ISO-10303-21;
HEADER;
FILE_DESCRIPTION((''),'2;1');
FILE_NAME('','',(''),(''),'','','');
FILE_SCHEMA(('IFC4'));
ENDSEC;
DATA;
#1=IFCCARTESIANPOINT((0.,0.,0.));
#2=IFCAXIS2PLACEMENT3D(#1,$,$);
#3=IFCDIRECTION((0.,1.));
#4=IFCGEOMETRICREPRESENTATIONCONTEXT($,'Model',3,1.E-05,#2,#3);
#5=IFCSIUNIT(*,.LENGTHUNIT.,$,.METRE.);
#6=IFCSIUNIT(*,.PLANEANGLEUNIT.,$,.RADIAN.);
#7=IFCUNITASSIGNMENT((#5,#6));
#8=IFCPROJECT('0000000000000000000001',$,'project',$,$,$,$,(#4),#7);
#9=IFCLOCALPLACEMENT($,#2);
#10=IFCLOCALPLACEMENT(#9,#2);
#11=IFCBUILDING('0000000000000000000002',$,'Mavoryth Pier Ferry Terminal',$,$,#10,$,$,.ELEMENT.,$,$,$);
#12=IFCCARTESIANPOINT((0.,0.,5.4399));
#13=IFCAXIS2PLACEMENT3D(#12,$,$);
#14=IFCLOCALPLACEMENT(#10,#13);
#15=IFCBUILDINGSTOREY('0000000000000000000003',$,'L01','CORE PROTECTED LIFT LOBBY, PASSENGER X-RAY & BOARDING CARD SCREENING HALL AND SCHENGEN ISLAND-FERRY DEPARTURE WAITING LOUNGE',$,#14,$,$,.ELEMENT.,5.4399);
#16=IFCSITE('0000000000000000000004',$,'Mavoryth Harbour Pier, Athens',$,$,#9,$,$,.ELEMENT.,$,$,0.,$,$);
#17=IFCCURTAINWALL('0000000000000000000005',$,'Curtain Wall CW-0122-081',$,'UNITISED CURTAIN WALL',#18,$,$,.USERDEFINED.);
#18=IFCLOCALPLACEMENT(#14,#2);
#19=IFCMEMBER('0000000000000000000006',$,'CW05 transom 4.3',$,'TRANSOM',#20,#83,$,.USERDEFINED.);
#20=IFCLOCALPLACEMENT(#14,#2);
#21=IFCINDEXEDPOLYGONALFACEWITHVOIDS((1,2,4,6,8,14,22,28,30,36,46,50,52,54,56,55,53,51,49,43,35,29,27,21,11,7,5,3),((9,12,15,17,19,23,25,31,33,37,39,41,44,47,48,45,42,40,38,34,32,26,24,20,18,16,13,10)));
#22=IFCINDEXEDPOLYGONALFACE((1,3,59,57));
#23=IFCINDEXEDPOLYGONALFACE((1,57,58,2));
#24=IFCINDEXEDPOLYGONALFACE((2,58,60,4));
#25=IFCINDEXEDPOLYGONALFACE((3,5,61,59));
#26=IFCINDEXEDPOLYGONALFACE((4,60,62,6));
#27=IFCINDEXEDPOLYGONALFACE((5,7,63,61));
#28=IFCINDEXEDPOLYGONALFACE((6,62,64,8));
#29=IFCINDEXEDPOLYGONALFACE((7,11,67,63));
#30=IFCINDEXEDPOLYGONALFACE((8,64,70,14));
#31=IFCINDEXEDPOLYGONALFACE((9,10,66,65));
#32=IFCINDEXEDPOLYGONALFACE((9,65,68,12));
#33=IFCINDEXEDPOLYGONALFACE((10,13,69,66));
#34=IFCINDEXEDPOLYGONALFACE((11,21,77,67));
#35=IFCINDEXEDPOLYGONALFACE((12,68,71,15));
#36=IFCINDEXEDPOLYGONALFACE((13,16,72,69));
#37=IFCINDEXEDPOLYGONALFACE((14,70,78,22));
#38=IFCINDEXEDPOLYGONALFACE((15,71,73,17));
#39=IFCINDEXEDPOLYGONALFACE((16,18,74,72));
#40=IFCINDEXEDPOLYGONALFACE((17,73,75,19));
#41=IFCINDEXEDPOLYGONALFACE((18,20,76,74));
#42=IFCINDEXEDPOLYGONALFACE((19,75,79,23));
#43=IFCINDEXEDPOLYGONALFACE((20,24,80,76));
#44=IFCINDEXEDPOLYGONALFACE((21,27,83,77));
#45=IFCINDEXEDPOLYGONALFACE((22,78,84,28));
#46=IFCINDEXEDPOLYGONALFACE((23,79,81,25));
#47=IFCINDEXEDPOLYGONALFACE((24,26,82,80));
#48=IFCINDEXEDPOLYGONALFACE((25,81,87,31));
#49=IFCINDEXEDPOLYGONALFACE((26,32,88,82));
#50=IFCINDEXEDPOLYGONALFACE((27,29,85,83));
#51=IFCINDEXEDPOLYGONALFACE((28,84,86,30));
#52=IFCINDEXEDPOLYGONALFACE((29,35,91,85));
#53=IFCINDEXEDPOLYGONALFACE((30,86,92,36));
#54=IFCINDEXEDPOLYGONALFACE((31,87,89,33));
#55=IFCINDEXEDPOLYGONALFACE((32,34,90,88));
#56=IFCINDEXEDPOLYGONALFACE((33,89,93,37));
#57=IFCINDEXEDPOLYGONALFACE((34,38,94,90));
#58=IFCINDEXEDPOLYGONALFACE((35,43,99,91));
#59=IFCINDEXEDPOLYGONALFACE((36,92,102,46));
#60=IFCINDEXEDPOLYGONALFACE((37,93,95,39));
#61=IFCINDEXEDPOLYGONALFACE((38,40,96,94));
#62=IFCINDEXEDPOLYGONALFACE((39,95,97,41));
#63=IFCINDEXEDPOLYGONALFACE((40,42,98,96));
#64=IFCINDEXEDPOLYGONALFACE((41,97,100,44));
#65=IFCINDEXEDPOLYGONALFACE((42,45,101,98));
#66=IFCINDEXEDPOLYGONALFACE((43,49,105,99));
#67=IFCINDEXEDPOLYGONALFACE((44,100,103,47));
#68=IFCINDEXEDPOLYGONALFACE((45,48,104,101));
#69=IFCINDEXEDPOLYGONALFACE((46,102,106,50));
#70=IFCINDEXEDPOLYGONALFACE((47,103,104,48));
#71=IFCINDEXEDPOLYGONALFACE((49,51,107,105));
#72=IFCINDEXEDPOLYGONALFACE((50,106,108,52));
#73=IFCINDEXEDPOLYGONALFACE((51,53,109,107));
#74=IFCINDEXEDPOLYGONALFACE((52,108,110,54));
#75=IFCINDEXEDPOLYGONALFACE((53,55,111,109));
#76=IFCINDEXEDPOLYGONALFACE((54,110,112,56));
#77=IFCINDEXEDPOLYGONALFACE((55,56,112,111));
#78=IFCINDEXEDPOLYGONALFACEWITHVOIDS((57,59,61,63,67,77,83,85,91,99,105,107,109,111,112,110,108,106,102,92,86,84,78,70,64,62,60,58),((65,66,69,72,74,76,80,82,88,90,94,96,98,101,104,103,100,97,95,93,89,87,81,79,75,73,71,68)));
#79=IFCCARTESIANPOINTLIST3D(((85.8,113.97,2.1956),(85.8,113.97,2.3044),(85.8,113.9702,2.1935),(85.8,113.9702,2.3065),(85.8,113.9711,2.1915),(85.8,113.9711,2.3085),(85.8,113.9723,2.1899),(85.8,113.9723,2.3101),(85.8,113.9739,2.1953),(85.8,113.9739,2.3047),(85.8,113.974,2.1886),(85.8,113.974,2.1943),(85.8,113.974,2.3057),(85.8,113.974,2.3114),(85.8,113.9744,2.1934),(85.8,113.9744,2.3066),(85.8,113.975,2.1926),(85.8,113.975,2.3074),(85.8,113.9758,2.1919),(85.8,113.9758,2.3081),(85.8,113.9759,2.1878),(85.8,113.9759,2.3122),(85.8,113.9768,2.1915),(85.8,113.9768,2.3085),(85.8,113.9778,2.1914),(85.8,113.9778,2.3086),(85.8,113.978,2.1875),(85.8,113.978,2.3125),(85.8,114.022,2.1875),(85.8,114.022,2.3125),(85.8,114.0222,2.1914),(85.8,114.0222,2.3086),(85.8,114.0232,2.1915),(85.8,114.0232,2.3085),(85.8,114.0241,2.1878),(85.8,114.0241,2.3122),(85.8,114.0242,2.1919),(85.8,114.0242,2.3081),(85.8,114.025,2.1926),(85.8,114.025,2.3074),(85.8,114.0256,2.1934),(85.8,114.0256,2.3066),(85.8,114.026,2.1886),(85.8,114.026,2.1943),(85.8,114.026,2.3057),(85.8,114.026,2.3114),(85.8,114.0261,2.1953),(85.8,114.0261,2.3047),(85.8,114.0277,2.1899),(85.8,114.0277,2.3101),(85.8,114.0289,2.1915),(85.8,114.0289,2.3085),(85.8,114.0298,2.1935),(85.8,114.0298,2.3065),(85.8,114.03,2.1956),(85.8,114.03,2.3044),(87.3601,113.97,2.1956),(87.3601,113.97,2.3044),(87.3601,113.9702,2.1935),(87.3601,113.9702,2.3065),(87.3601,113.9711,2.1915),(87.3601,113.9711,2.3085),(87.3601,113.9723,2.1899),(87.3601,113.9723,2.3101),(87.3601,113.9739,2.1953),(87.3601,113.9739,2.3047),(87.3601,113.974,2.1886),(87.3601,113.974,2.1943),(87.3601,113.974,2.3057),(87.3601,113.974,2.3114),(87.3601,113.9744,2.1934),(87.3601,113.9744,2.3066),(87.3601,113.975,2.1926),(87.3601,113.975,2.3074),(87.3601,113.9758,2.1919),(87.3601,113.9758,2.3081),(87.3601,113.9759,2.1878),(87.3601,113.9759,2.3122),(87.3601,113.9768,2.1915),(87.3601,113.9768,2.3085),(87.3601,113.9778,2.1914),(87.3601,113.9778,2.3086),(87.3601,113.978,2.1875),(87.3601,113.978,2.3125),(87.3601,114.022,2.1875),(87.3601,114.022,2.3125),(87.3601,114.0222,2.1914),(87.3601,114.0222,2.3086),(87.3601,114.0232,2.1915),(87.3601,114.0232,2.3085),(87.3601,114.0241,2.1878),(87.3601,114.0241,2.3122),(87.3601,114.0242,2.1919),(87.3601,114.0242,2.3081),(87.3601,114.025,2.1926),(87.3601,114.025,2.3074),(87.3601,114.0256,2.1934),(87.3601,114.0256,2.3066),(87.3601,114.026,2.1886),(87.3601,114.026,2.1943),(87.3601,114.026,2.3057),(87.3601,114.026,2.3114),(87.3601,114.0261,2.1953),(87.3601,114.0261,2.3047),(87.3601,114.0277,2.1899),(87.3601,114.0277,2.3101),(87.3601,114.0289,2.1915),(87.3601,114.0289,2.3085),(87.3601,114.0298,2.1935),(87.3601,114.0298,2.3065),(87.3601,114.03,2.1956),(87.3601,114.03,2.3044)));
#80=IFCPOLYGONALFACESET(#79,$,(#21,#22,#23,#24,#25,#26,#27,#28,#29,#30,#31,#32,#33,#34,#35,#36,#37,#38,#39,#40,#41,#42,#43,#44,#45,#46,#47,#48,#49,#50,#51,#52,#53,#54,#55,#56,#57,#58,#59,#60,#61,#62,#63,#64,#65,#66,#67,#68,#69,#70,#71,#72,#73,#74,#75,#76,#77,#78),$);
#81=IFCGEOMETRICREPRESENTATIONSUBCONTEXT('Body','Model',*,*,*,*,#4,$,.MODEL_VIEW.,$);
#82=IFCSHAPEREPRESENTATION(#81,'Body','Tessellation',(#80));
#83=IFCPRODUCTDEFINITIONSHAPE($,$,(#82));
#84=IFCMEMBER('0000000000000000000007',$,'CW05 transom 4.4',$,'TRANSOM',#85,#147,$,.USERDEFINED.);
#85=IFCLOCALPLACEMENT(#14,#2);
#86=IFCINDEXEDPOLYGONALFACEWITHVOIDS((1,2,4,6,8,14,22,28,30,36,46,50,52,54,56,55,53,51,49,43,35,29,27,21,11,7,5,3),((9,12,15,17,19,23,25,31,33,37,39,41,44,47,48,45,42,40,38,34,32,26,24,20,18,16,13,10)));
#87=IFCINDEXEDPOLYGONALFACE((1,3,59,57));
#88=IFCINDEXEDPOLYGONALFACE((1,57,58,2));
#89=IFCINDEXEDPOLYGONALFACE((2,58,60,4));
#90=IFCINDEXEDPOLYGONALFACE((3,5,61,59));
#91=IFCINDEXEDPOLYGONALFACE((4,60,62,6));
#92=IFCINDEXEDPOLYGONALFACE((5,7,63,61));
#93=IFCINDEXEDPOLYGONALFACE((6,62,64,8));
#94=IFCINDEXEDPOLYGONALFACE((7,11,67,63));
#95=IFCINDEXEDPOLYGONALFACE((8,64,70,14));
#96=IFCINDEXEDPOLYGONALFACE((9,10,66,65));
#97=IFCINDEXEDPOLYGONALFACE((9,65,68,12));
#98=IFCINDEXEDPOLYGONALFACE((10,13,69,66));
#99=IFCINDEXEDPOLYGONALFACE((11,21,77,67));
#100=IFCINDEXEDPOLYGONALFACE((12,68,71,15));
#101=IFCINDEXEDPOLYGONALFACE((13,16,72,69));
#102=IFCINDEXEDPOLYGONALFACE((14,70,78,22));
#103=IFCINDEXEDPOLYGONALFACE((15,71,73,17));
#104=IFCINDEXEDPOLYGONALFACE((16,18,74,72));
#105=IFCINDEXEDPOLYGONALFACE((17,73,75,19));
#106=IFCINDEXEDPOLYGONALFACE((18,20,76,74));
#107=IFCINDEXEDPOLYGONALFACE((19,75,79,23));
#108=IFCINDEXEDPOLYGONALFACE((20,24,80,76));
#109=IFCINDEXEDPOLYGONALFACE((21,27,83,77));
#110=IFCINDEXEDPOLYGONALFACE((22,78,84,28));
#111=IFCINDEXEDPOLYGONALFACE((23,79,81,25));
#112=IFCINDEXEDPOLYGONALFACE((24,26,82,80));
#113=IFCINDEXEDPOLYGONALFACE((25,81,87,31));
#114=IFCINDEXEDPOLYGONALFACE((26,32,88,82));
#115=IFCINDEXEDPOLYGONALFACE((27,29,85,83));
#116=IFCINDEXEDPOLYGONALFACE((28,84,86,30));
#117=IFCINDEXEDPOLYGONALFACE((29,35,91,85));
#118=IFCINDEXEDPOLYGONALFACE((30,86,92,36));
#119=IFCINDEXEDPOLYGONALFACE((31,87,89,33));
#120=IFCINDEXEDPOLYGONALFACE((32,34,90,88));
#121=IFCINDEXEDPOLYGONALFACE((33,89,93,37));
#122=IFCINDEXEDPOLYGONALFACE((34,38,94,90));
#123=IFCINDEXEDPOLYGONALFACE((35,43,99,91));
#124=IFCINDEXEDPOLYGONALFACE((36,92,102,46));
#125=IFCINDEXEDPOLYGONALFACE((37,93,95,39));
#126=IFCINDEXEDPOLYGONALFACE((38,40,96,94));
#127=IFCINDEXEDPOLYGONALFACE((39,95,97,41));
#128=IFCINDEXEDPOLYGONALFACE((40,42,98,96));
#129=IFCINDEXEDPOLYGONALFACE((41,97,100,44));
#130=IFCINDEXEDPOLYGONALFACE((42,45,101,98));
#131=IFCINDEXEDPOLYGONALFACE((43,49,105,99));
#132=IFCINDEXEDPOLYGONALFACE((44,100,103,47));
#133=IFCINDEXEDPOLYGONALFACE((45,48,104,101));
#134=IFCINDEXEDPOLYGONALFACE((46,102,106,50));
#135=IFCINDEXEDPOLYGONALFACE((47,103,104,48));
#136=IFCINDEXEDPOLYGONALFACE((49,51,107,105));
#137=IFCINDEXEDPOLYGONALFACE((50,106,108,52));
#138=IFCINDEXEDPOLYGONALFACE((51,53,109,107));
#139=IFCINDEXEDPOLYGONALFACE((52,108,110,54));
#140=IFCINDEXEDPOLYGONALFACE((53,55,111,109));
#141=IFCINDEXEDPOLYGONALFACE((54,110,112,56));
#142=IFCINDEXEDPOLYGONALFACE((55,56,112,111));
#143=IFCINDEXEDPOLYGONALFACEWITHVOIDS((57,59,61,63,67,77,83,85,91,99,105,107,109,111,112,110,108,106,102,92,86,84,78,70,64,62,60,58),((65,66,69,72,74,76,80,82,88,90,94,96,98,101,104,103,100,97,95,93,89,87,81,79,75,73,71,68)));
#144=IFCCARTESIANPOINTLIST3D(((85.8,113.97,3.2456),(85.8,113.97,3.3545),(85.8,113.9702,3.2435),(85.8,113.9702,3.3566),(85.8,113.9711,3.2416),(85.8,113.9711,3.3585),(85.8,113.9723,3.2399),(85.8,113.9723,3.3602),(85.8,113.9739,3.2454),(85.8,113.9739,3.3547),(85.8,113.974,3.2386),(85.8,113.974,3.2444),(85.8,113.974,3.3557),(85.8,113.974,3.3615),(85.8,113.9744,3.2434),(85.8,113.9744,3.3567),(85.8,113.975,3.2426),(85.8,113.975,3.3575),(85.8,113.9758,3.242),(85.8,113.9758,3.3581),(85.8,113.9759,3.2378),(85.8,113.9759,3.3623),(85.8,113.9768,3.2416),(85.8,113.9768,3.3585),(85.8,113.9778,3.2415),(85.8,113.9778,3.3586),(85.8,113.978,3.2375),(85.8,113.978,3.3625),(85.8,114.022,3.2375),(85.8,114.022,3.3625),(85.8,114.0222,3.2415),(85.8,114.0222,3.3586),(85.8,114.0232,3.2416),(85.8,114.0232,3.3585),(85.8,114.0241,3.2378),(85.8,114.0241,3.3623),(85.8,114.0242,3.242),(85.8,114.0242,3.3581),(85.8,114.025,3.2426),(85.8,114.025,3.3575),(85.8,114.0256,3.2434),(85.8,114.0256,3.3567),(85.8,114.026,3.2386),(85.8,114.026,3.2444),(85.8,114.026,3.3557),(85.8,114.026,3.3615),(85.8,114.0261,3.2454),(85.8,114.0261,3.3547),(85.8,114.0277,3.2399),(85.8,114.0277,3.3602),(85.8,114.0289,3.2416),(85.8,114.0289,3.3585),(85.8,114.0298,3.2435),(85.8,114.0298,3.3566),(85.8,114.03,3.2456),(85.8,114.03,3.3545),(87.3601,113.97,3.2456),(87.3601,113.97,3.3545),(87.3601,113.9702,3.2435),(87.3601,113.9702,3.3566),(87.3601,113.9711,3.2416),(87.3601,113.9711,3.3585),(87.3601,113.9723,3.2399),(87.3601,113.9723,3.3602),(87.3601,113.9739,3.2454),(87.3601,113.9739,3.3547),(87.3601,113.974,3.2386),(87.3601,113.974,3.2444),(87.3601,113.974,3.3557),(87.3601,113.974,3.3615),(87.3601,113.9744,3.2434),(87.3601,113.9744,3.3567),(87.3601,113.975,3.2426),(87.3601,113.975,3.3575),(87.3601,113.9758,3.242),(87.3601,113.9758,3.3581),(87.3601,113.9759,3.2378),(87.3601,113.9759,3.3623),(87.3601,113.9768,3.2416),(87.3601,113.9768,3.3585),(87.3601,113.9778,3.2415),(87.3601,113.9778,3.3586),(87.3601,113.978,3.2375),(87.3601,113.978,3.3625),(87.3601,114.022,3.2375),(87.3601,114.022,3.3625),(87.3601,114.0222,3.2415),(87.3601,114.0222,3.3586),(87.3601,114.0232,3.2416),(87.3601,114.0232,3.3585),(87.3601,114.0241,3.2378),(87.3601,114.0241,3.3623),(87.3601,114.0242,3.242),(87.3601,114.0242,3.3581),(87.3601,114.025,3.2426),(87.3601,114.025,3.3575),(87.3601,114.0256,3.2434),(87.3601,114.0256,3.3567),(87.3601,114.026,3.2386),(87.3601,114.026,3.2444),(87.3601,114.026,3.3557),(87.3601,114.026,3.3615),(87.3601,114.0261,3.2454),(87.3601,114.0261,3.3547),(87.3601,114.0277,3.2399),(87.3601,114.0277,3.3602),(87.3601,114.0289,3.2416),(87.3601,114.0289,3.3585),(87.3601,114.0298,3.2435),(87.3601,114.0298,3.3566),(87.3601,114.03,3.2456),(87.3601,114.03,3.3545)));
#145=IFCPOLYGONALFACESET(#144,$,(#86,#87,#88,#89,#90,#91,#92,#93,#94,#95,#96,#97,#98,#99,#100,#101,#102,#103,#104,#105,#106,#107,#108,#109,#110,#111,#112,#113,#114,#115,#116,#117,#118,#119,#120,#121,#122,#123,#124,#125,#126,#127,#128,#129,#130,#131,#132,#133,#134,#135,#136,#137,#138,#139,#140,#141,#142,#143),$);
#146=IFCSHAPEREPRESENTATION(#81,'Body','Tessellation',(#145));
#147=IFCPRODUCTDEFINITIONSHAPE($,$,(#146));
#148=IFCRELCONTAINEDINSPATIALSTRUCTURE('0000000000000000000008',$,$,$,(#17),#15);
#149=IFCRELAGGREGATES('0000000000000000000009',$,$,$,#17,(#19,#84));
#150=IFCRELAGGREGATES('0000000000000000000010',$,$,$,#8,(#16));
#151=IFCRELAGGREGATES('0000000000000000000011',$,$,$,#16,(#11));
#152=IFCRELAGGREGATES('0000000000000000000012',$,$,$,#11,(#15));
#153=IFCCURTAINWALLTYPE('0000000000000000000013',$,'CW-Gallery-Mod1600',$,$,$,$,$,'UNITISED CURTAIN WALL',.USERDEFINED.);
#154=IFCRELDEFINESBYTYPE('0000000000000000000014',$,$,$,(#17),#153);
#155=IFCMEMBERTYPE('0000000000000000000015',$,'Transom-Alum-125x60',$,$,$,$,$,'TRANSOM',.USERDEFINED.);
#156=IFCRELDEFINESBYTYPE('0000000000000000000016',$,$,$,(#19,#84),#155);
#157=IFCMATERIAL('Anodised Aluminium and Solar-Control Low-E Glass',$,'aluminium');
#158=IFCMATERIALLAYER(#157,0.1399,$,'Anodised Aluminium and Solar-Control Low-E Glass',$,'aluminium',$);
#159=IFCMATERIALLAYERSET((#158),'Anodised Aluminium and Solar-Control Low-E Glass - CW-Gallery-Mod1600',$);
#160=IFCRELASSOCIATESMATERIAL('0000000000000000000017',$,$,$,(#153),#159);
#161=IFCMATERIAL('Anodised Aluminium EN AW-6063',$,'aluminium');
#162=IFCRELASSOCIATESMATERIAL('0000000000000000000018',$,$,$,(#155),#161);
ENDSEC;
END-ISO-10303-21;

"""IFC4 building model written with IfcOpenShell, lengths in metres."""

from ifc_helpers import new_model, si_unit, direction, frame, origin, origin_2d, place, context, subcontext, project, spatial, hollow_rectangle, extrude, material, layer, layer_set, material_profile, profile_set, type_object, element, aggregate, save


model = new_model("IFC4")

# Units and contexts
model_context = context("Model", 3, precision=1e-05, world=origin(), true_north=direction((0.0, 1.0)))
body_context = subcontext(model_context, "Body", "Model", "MODEL_VIEW")
ifc_project = project(units=[si_unit("LENGTHUNIT", "METRE"), si_unit("PLANEANGLEUNIT", "RADIAN")], contexts=[model_context])

# Site, building, storey
site_placement = place(None, origin())
site = spatial("IfcSite", under=ifc_project, at=site_placement, Name="Mavoryth Harbour Pier, Athens", CompositionType="ELEMENT", RefElevation=0.0)
building_placement = place(site_placement, origin())
building = spatial("IfcBuilding", under=site, at=building_placement, Name="Mavoryth Pier Ferry Terminal", CompositionType="ELEMENT")
storey_placement = place(building_placement, frame((0.0, 0.0, 5.4399)))
storey = spatial("IfcBuildingStorey", under=building, at=storey_placement, Name="L01", Description="CORE PROTECTED LIFT LOBBY, PASSENGER X-RAY & BOARDING CARD SCREENING HALL AND SCHENGEN ISLAND-FERRY DEPARTURE WAITING LOUNGE", CompositionType="ELEMENT", Elevation=5.4399)

# Curtain wall, members
ifc_material_1 = material(Name="Anodised Aluminium and Solar-Control Low-E Glass", Category="aluminium")
ifc_layer_1 = layer(ifc_material_1, 0.1399, Name="Anodised Aluminium and Solar-Control Low-E Glass", Category="aluminium")
ifc_layer_set_1 = layer_set([ifc_layer_1], Name="Anodised Aluminium and Solar-Control Low-E Glass - CW-Gallery-Mod1600")
curtain_wall_type = type_object("IfcCurtainWallType", Name="CW-Gallery-Mod1600", ElementType="UNITISED CURTAIN WALL", PredefinedType="USERDEFINED", material=ifc_layer_set_1)
curtain_wall_placement = place(storey_placement, origin())
curtain_wall = element("IfcCurtainWall", 1, at=curtain_wall_placement, inside=storey, type_object=curtain_wall_type, Name="Curtain Wall CW-0122-081", ObjectType="UNITISED CURTAIN WALL", PredefinedType="USERDEFINED")
ifc_material_2 = material(Name="Anodised Aluminium EN AW-6063", Category="aluminium")
ifc_material_profile_1 = material_profile(ifc_material_2, hollow_rectangle(XDim=0.0601, YDim=0.125, WallThickness=0.0039, InnerFilletRadius=0.0039, OuterFilletRadius=0.0081, at=origin_2d()), Name="AL-TRAN 125x60x4", Category="aluminium")
ifc_profile_set_1 = profile_set([ifc_material_profile_1], Name="Anodised Aluminium EN AW-6063 - AL-TRAN 125x60x4")
member_type_1 = type_object("IfcMemberType", Name="Transom-Alum-125x60", ElementType="TRANSOM", PredefinedType="USERDEFINED", material=ifc_profile_set_1)
member_1_placement = place(storey_placement, frame((87.3601, 114.0, 2.25), z_axis=(-1.0, 0.0, 0.0), x_axis=(0.0, -1.0, 0.0)))
member_1 = element("IfcMember", 2, at=member_1_placement, type_object=member_type_1, Name="CW05 transom 4.3", ObjectType="TRANSOM", PredefinedType="USERDEFINED", context=body_context, shape_type="SweptSolid", body=[
    extrude(hollow_rectangle(XDim=0.0601, YDim=0.125, WallThickness=0.0039, InnerFilletRadius=0.0039, OuterFilletRadius=0.0081, at=origin_2d()), origin(), (0.0, 0.0, 1.0), 1.5601),
])
member_2_placement = place(storey_placement, frame((87.3601, 114.0, 3.3), z_axis=(-1.0, 0.0, 0.0), x_axis=(0.0, -1.0, 0.0)))
member_2 = element("IfcMember", 3, at=member_2_placement, type_object=member_type_1, Name="CW05 transom 4.4", ObjectType="TRANSOM", PredefinedType="USERDEFINED", context=body_context, shape_type="SweptSolid", body=[
    extrude(hollow_rectangle(XDim=0.0601, YDim=0.125, WallThickness=0.0039, InnerFilletRadius=0.0039, OuterFilletRadius=0.0081, at=origin_2d()), origin(), (0.0, 0.0, 1.0), 1.5601),
])
aggregate(curtain_wall, [member_1, member_2])

save(model, "model.ifc")
